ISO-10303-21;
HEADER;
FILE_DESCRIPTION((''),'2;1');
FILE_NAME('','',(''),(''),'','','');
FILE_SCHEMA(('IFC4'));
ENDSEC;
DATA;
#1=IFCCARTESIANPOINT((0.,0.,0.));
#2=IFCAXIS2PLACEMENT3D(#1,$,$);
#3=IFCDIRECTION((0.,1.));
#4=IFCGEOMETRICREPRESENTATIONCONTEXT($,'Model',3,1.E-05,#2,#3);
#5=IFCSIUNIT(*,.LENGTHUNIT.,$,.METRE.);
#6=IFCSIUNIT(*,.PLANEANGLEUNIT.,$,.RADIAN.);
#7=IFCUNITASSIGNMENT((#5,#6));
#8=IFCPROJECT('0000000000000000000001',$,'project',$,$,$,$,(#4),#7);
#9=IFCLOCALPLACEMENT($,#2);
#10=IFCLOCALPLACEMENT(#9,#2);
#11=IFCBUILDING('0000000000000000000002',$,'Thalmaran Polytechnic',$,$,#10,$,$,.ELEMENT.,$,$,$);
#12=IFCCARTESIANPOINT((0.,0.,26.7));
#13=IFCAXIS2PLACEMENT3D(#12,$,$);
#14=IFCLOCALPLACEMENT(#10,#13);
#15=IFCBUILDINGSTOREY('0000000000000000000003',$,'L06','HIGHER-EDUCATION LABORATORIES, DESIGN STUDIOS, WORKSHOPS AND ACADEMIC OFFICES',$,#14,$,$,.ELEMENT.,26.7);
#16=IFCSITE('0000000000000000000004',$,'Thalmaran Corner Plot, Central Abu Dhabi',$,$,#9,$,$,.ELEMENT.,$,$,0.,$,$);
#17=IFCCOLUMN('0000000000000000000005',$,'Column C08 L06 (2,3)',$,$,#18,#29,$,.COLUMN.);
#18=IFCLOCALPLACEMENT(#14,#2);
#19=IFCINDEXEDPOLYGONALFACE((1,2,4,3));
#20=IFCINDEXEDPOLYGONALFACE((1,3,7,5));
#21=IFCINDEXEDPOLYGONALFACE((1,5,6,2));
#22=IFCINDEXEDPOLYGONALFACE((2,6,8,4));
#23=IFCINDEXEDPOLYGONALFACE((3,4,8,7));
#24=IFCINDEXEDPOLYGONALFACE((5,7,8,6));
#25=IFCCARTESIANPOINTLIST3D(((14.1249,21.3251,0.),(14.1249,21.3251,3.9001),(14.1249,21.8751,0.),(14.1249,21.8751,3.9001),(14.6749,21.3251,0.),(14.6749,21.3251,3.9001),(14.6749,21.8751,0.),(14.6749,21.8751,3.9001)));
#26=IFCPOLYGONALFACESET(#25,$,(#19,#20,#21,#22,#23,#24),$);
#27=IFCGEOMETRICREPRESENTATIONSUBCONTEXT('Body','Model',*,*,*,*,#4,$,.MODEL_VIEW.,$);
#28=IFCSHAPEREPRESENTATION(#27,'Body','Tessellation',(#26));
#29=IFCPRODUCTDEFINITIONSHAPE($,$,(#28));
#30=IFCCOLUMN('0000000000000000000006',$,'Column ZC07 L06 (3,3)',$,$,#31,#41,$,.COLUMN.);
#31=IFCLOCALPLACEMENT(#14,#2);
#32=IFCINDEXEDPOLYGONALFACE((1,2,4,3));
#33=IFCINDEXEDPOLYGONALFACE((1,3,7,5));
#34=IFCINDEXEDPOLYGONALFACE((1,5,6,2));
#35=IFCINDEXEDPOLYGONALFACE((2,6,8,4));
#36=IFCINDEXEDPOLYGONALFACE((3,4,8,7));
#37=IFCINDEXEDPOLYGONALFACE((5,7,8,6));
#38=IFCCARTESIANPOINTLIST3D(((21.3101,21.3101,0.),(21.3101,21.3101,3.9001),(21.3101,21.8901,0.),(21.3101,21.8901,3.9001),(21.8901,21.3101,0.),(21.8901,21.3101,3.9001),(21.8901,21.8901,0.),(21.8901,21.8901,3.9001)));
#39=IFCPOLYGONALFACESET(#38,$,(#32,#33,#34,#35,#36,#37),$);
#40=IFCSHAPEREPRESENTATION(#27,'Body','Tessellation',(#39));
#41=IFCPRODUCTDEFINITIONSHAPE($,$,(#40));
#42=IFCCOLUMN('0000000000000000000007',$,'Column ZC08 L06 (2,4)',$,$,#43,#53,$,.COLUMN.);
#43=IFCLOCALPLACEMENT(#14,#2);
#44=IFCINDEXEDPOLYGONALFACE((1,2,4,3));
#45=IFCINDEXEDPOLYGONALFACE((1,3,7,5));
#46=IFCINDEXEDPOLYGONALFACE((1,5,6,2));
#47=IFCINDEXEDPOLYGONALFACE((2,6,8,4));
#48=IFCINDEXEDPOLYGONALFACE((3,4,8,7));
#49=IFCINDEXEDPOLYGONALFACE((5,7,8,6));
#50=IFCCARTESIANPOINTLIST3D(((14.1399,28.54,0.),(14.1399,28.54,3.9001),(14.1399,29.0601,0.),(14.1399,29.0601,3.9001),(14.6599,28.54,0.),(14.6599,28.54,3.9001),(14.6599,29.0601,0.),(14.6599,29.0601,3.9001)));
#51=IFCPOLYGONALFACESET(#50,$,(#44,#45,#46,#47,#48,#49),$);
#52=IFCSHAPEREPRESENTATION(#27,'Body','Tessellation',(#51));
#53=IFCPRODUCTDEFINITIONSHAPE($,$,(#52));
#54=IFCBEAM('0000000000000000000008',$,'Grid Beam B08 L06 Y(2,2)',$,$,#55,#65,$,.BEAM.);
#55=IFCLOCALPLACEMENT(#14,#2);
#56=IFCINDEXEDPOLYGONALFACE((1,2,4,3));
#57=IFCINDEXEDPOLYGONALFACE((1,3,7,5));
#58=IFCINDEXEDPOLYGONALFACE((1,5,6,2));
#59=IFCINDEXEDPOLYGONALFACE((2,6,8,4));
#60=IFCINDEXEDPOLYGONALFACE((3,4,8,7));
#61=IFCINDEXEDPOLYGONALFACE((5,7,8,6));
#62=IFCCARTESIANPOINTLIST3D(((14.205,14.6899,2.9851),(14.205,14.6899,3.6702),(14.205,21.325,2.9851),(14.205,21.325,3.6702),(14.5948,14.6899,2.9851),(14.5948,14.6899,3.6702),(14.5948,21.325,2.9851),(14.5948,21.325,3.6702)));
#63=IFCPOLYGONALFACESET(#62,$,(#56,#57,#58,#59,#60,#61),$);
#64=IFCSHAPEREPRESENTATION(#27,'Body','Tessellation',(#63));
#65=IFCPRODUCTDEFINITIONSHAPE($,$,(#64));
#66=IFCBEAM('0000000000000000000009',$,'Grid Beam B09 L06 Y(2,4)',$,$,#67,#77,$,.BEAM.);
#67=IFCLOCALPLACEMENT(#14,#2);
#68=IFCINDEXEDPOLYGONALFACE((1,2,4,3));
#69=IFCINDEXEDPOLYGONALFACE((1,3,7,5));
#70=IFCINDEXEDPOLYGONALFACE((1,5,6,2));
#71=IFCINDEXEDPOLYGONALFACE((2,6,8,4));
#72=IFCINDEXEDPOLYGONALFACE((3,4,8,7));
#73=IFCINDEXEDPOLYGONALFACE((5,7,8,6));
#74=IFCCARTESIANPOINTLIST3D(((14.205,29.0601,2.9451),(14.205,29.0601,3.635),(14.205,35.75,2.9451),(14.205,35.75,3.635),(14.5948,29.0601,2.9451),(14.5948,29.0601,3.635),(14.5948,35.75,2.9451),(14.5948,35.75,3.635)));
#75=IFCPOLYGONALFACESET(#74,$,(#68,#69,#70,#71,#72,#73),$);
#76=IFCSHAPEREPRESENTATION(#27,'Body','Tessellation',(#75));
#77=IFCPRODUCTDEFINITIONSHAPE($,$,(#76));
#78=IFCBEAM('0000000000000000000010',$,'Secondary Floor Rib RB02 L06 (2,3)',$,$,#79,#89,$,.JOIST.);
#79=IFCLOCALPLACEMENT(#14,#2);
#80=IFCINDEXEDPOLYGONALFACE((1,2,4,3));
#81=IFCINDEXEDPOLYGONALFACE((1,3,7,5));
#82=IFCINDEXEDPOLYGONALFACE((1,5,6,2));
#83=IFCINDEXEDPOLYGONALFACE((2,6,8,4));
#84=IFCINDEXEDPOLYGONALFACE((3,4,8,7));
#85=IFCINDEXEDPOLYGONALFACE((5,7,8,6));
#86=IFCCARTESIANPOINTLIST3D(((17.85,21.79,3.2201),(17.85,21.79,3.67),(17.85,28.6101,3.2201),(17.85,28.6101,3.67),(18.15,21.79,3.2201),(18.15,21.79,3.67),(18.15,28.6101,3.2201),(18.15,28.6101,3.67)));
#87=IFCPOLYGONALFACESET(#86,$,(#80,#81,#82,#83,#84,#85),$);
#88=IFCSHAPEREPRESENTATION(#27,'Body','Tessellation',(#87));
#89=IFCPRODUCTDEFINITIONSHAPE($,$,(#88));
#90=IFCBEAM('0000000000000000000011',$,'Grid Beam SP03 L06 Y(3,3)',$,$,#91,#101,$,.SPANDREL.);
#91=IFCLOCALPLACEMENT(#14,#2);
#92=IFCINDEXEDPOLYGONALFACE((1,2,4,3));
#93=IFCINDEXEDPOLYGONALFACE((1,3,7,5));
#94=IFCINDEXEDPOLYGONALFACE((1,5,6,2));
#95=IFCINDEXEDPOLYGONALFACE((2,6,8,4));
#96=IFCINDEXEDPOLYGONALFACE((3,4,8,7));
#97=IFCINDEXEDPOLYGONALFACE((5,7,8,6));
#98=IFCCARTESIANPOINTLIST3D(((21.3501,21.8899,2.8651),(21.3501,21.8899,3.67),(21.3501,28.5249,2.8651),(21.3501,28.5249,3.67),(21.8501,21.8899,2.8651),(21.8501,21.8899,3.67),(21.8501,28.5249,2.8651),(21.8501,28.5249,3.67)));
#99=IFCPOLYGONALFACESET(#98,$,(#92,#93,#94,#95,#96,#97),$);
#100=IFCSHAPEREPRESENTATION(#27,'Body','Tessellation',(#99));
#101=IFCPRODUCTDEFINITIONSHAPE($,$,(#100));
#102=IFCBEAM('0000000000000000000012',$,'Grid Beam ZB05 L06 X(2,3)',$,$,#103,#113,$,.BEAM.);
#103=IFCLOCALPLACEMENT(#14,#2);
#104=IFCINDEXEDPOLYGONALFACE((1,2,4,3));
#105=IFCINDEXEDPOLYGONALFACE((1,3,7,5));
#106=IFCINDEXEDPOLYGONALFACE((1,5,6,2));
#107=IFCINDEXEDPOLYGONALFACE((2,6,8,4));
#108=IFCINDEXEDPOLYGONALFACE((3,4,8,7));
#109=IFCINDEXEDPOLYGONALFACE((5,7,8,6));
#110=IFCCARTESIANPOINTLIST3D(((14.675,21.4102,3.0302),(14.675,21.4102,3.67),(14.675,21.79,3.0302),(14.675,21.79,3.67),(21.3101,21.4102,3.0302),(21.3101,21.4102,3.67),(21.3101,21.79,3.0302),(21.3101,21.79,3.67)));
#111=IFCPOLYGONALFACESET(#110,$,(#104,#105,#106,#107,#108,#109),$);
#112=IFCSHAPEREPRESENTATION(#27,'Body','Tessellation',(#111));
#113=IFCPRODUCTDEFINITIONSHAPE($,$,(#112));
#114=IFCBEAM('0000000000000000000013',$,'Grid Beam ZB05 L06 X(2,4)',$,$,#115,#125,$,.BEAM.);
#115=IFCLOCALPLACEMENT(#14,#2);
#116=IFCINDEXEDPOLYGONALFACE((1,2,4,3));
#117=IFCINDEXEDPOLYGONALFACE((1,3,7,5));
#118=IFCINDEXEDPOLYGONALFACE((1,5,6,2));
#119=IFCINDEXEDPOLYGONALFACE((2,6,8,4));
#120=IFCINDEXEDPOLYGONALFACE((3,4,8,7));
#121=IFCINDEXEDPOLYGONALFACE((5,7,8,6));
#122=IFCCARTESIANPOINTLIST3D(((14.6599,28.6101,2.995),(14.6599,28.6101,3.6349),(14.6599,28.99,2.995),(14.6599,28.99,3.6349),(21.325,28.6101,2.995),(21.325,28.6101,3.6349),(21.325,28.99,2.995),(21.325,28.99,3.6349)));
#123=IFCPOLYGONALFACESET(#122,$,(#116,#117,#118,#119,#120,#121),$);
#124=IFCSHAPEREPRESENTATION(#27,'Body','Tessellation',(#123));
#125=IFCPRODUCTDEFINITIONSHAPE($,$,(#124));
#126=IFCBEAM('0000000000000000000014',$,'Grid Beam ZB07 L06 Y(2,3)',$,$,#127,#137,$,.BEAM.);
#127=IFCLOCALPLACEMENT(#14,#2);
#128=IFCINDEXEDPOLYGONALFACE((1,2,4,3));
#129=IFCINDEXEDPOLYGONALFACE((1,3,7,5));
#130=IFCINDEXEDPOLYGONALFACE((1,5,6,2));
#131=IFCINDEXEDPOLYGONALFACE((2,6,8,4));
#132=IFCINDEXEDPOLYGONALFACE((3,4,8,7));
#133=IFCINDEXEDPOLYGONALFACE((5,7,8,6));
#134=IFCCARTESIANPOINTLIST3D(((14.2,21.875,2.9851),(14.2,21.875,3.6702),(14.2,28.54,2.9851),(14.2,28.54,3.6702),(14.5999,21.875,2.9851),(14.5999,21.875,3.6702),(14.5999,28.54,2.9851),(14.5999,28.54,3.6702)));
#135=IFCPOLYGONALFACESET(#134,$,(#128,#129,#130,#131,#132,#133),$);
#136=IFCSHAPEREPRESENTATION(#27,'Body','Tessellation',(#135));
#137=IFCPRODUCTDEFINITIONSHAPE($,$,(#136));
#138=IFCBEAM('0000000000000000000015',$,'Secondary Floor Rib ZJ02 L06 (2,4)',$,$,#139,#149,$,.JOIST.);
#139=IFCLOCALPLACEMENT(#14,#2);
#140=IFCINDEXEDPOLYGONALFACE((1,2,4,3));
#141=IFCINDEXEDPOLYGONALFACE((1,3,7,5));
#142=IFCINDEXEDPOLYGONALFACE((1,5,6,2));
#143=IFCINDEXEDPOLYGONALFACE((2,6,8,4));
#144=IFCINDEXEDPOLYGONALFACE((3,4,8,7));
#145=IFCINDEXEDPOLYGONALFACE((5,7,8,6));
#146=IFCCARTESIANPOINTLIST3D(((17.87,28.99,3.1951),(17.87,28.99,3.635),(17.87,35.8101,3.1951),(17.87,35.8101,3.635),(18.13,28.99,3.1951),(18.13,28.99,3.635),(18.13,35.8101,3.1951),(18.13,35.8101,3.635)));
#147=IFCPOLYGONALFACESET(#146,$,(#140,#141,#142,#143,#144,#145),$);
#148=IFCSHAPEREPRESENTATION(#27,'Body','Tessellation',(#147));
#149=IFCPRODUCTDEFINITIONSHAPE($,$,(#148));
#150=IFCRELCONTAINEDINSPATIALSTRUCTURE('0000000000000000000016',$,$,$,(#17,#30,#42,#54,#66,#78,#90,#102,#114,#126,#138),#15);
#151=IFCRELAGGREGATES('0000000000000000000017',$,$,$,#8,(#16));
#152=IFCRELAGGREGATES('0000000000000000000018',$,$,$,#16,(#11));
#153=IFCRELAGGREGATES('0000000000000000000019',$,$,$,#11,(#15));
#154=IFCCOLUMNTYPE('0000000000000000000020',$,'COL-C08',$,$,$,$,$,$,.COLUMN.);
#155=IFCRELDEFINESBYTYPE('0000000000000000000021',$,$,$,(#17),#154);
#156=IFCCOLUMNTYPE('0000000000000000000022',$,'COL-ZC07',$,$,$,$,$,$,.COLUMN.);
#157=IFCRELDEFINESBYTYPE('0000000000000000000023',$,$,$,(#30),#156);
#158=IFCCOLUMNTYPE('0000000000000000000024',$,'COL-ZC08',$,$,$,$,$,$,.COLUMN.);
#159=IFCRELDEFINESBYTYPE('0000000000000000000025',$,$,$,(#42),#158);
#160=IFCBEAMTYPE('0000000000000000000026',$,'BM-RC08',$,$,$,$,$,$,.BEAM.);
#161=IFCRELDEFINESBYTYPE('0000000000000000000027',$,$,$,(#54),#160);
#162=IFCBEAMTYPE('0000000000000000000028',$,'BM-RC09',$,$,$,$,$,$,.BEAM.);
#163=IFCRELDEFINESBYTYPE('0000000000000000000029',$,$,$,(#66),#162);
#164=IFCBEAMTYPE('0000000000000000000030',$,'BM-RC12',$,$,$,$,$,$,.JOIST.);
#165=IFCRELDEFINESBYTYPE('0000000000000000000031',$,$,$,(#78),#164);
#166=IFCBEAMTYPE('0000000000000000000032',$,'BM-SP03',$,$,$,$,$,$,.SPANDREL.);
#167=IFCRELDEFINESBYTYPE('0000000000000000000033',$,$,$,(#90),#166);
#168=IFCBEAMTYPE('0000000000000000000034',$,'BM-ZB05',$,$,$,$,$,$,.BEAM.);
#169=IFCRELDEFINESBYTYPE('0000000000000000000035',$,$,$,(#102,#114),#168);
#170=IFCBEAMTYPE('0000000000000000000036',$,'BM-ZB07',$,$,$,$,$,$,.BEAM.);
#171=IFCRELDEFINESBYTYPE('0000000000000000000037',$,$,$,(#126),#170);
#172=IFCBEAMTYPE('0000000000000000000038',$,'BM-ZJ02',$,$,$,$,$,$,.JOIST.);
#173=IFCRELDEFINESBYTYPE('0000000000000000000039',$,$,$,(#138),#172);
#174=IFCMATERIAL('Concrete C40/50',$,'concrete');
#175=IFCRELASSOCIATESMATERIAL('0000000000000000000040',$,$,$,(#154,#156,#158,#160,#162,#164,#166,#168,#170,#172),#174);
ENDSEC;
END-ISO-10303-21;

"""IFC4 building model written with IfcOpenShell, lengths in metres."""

from ifc_helpers import new_model, si_unit, direction, frame, origin, origin_2d, place, context, subcontext, project, spatial, rectangle, extrude, material, material_profile, profile_set, type_object, element, save


model = new_model("IFC4")

# Units and contexts
model_context = context("Model", 3, precision=1e-05, world=origin(), true_north=direction((0.0, 1.0)))
body_context = subcontext(model_context, "Body", "Model", "MODEL_VIEW")
ifc_project = project(units=[si_unit("LENGTHUNIT", "METRE"), si_unit("PLANEANGLEUNIT", "RADIAN")], contexts=[model_context])

# Site, building, storey
site_placement = place(None, origin())
site = spatial("IfcSite", under=ifc_project, at=site_placement, Name="Thalmaran Corner Plot, Central Abu Dhabi", CompositionType="ELEMENT", RefElevation=0.0)
building_placement = place(site_placement, origin())
building = spatial("IfcBuilding", under=site, at=building_placement, Name="Thalmaran Polytechnic", CompositionType="ELEMENT")
storey_placement = place(building_placement, frame((0.0, 0.0, 26.7)))
storey = spatial("IfcBuildingStorey", under=building, at=storey_placement, Name="L06", Description="HIGHER-EDUCATION LABORATORIES, DESIGN STUDIOS, WORKSHOPS AND ACADEMIC OFFICES", CompositionType="ELEMENT", Elevation=26.7)

# Columns
ifc_material_1 = material(Name="Concrete C40/50", Category="concrete")
ifc_material_profile_1 = material_profile(ifc_material_1, rectangle(XDim=0.55, YDim=0.55, at=origin_2d()), Name="RC 550x550")
ifc_profile_set_1 = profile_set([ifc_material_profile_1], Name="Concrete C40/50")
column_type_1 = type_object("IfcColumnType", Name="COL-C08", PredefinedType="COLUMN", material=ifc_profile_set_1)
column_1_placement = place(storey_placement, frame((14.3999, 21.6001, 0.0), z_axis=(0.0, 0.0, 1.0), x_axis=(1.0, 0.0, 0.0)))
element("IfcColumn", 1, at=column_1_placement, inside=storey, type_object=column_type_1, Name="Column C08 L06 (2,3)", PredefinedType="COLUMN", context=body_context, shape_type="SweptSolid", body=[
    extrude(rectangle(XDim=0.55, YDim=0.55, at=origin_2d()), origin(), (0.0, 0.0, 1.0), 3.9001),
])
ifc_material_profile_2 = material_profile(ifc_material_1, rectangle(XDim=0.5801, YDim=0.5801, at=origin_2d()), Name="RC 580x580")
ifc_profile_set_2 = profile_set([ifc_material_profile_2], Name="Concrete C40/50")
column_type_2 = type_object("IfcColumnType", Name="COL-ZC07", PredefinedType="COLUMN", material=ifc_profile_set_2)
column_2_placement = place(storey_placement, frame((21.6001, 21.6001, 0.0), z_axis=(0.0, 0.0, 1.0), x_axis=(1.0, 0.0, 0.0)))
element("IfcColumn", 2, at=column_2_placement, inside=storey, type_object=column_type_2, Name="Column ZC07 L06 (3,3)", PredefinedType="COLUMN", context=body_context, shape_type="SweptSolid", body=[
    extrude(rectangle(XDim=0.5801, YDim=0.5801, at=origin_2d()), origin(), (0.0, 0.0, 1.0), 3.9001),
])
ifc_material_profile_3 = material_profile(ifc_material_1, rectangle(XDim=0.52, YDim=0.52, at=origin_2d()), Name="RC 520x520")
ifc_profile_set_3 = profile_set([ifc_material_profile_3], Name="Concrete C40/50")
column_type_3 = type_object("IfcColumnType", Name="COL-ZC08", PredefinedType="COLUMN", material=ifc_profile_set_3)
column_3_placement = place(storey_placement, frame((14.3999, 28.8, 0.0), z_axis=(0.0, 0.0, 1.0), x_axis=(1.0, 0.0, 0.0)))
element("IfcColumn", 3, at=column_3_placement, inside=storey, type_object=column_type_3, Name="Column ZC08 L06 (2,4)", PredefinedType="COLUMN", context=body_context, shape_type="SweptSolid", body=[
    extrude(rectangle(XDim=0.52, YDim=0.52, at=origin_2d()), origin(), (0.0, 0.0, 1.0), 3.9001),
])

# Beams
ifc_material_profile_4 = material_profile(ifc_material_1, rectangle(XDim=0.3899, YDim=0.6851, at=origin_2d()), Name="RC 390x685")
ifc_profile_set_4 = profile_set([ifc_material_profile_4], Name="Concrete C40/50")
beam_type_1 = type_object("IfcBeamType", Name="BM-RC08", PredefinedType="BEAM", material=ifc_profile_set_4)
beam_1_placement = place(storey_placement, frame((14.3999, 14.6899, 3.3276), z_axis=(0.0, 1.0, 0.0), x_axis=(-1.0, 0.0, 0.0)))
element("IfcBeam", 4, at=beam_1_placement, inside=storey, type_object=beam_type_1, Name="Grid Beam B08 L06 Y(2,2)", PredefinedType="BEAM", context=body_context, shape_type="SweptSolid", body=[
    extrude(rectangle(XDim=0.3899, YDim=0.6851, at=origin_2d()), origin(), (0.0, 0.0, 1.0), 6.635),
])
ifc_material_profile_5 = material_profile(ifc_material_1, rectangle(XDim=0.3899, YDim=0.6899, at=origin_2d()), Name="RC 390x690")
ifc_profile_set_5 = profile_set([ifc_material_profile_5], Name="Concrete C40/50")
beam_type_2 = type_object("IfcBeamType", Name="BM-RC09", PredefinedType="BEAM", material=ifc_profile_set_5)
beam_2_placement = place(storey_placement, frame((14.3999, 29.0601, 3.29), z_axis=(0.0, 1.0, 0.0), x_axis=(-1.0, 0.0, 0.0)))
element("IfcBeam", 5, at=beam_2_placement, inside=storey, type_object=beam_type_2, Name="Grid Beam B09 L06 Y(2,4)", PredefinedType="BEAM", context=body_context, shape_type="SweptSolid", body=[
    extrude(rectangle(XDim=0.3899, YDim=0.6899, at=origin_2d()), origin(), (0.0, 0.0, 1.0), 6.6899),
])
ifc_material_profile_6 = material_profile(ifc_material_1, rectangle(XDim=0.3, YDim=0.45, at=origin_2d()), Name="RC 300x450")
ifc_profile_set_6 = profile_set([ifc_material_profile_6], Name="Concrete C40/50")
beam_type_3 = type_object("IfcBeamType", Name="BM-RC12", PredefinedType="JOIST", material=ifc_profile_set_6)
beam_3_placement = place(storey_placement, frame((18.0, 21.79, 3.4451), z_axis=(0.0, 1.0, 0.0), x_axis=(-1.0, 0.0, 0.0)))
element("IfcBeam", 6, at=beam_3_placement, inside=storey, type_object=beam_type_3, Name="Secondary Floor Rib RB02 L06 (2,3)", PredefinedType="JOIST", context=body_context, shape_type="SweptSolid", body=[
    extrude(rectangle(XDim=0.3, YDim=0.45, at=origin_2d()), origin(), (0.0, 0.0, 1.0), 6.8201),
])
ifc_material_profile_7 = material_profile(ifc_material_1, rectangle(XDim=0.5, YDim=0.8049, at=origin_2d()), Name="RC 500x805")
ifc_profile_set_7 = profile_set([ifc_material_profile_7], Name="Concrete C40/50")
beam_type_4 = type_object("IfcBeamType", Name="BM-SP03", PredefinedType="SPANDREL", material=ifc_profile_set_7)
beam_4_placement = place(storey_placement, frame((21.6001, 21.8899, 3.2676), z_axis=(0.0, 1.0, 0.0), x_axis=(-1.0, 0.0, 0.0)))
element("IfcBeam", 7, at=beam_4_placement, inside=storey, type_object=beam_type_4, Name="Grid Beam SP03 L06 Y(3,3)", PredefinedType="SPANDREL", context=body_context, shape_type="SweptSolid", body=[
    extrude(rectangle(XDim=0.5, YDim=0.8049, at=origin_2d()), origin(), (0.0, 0.0, 1.0), 6.635),
])
ifc_material_profile_8 = material_profile(ifc_material_1, rectangle(XDim=0.3799, YDim=0.6399, at=origin_2d()), Name="RC 380x640")
ifc_profile_set_8 = profile_set([ifc_material_profile_8], Name="Concrete C40/50")
beam_type_5 = type_object("IfcBeamType", Name="BM-ZB05", PredefinedType="BEAM", material=ifc_profile_set_8)
beam_5_placement = place(storey_placement, frame((14.675, 21.6001, 3.3501), z_axis=(1.0, 0.0, 0.0), x_axis=(0.0, 1.0, 0.0)))
element("IfcBeam", 8, at=beam_5_placement, inside=storey, type_object=beam_type_5, Name="Grid Beam ZB05 L06 X(2,3)", PredefinedType="BEAM", context=body_context, shape_type="SweptSolid", body=[
    extrude(rectangle(XDim=0.3799, YDim=0.6399, at=origin_2d()), origin(), (0.0, 0.0, 1.0), 6.635),
])
beam_6_placement = place(storey_placement, frame((14.6599, 28.8, 3.3149), z_axis=(1.0, 0.0, 0.0), x_axis=(0.0, 1.0, 0.0)))
element("IfcBeam", 9, at=beam_6_placement, inside=storey, type_object=beam_type_5, Name="Grid Beam ZB05 L06 X(2,4)", PredefinedType="BEAM", context=body_context, shape_type="SweptSolid", body=[
    extrude(rectangle(XDim=0.3799, YDim=0.6399, at=origin_2d()), origin(), (0.0, 0.0, 1.0), 6.665),
])
ifc_material_profile_9 = material_profile(ifc_material_1, rectangle(XDim=0.3999, YDim=0.6851, at=origin_2d()), Name="RC 400x685")
ifc_profile_set_9 = profile_set([ifc_material_profile_9], Name="Concrete C40/50")
beam_type_6 = type_object("IfcBeamType", Name="BM-ZB07", PredefinedType="BEAM", material=ifc_profile_set_9)
beam_7_placement = place(storey_placement, frame((14.3999, 21.875, 3.3276), z_axis=(0.0, 1.0, 0.0), x_axis=(-1.0, 0.0, 0.0)))
element("IfcBeam", 10, at=beam_7_placement, inside=storey, type_object=beam_type_6, Name="Grid Beam ZB07 L06 Y(2,3)", PredefinedType="BEAM", context=body_context, shape_type="SweptSolid", body=[
    extrude(rectangle(XDim=0.3999, YDim=0.6851, at=origin_2d()), origin(), (0.0, 0.0, 1.0), 6.665),
])
ifc_material_profile_10 = material_profile(ifc_material_1, rectangle(XDim=0.26, YDim=0.4399, at=origin_2d()), Name="RC 260x440")
ifc_profile_set_10 = profile_set([ifc_material_profile_10], Name="Concrete C40/50")
beam_type_7 = type_object("IfcBeamType", Name="BM-ZJ02", PredefinedType="JOIST", material=ifc_profile_set_10)
beam_8_placement = place(storey_placement, frame((18.0, 28.99, 3.415), z_axis=(0.0, 1.0, 0.0), x_axis=(-1.0, 0.0, 0.0)))
element("IfcBeam", 11, at=beam_8_placement, inside=storey, type_object=beam_type_7, Name="Secondary Floor Rib ZJ02 L06 (2,4)", PredefinedType="JOIST", context=body_context, shape_type="SweptSolid", body=[
    extrude(rectangle(XDim=0.26, YDim=0.4399, at=origin_2d()), origin(), (0.0, 0.0, 1.0), 6.8201),
])

save(model, "model.ifc")
